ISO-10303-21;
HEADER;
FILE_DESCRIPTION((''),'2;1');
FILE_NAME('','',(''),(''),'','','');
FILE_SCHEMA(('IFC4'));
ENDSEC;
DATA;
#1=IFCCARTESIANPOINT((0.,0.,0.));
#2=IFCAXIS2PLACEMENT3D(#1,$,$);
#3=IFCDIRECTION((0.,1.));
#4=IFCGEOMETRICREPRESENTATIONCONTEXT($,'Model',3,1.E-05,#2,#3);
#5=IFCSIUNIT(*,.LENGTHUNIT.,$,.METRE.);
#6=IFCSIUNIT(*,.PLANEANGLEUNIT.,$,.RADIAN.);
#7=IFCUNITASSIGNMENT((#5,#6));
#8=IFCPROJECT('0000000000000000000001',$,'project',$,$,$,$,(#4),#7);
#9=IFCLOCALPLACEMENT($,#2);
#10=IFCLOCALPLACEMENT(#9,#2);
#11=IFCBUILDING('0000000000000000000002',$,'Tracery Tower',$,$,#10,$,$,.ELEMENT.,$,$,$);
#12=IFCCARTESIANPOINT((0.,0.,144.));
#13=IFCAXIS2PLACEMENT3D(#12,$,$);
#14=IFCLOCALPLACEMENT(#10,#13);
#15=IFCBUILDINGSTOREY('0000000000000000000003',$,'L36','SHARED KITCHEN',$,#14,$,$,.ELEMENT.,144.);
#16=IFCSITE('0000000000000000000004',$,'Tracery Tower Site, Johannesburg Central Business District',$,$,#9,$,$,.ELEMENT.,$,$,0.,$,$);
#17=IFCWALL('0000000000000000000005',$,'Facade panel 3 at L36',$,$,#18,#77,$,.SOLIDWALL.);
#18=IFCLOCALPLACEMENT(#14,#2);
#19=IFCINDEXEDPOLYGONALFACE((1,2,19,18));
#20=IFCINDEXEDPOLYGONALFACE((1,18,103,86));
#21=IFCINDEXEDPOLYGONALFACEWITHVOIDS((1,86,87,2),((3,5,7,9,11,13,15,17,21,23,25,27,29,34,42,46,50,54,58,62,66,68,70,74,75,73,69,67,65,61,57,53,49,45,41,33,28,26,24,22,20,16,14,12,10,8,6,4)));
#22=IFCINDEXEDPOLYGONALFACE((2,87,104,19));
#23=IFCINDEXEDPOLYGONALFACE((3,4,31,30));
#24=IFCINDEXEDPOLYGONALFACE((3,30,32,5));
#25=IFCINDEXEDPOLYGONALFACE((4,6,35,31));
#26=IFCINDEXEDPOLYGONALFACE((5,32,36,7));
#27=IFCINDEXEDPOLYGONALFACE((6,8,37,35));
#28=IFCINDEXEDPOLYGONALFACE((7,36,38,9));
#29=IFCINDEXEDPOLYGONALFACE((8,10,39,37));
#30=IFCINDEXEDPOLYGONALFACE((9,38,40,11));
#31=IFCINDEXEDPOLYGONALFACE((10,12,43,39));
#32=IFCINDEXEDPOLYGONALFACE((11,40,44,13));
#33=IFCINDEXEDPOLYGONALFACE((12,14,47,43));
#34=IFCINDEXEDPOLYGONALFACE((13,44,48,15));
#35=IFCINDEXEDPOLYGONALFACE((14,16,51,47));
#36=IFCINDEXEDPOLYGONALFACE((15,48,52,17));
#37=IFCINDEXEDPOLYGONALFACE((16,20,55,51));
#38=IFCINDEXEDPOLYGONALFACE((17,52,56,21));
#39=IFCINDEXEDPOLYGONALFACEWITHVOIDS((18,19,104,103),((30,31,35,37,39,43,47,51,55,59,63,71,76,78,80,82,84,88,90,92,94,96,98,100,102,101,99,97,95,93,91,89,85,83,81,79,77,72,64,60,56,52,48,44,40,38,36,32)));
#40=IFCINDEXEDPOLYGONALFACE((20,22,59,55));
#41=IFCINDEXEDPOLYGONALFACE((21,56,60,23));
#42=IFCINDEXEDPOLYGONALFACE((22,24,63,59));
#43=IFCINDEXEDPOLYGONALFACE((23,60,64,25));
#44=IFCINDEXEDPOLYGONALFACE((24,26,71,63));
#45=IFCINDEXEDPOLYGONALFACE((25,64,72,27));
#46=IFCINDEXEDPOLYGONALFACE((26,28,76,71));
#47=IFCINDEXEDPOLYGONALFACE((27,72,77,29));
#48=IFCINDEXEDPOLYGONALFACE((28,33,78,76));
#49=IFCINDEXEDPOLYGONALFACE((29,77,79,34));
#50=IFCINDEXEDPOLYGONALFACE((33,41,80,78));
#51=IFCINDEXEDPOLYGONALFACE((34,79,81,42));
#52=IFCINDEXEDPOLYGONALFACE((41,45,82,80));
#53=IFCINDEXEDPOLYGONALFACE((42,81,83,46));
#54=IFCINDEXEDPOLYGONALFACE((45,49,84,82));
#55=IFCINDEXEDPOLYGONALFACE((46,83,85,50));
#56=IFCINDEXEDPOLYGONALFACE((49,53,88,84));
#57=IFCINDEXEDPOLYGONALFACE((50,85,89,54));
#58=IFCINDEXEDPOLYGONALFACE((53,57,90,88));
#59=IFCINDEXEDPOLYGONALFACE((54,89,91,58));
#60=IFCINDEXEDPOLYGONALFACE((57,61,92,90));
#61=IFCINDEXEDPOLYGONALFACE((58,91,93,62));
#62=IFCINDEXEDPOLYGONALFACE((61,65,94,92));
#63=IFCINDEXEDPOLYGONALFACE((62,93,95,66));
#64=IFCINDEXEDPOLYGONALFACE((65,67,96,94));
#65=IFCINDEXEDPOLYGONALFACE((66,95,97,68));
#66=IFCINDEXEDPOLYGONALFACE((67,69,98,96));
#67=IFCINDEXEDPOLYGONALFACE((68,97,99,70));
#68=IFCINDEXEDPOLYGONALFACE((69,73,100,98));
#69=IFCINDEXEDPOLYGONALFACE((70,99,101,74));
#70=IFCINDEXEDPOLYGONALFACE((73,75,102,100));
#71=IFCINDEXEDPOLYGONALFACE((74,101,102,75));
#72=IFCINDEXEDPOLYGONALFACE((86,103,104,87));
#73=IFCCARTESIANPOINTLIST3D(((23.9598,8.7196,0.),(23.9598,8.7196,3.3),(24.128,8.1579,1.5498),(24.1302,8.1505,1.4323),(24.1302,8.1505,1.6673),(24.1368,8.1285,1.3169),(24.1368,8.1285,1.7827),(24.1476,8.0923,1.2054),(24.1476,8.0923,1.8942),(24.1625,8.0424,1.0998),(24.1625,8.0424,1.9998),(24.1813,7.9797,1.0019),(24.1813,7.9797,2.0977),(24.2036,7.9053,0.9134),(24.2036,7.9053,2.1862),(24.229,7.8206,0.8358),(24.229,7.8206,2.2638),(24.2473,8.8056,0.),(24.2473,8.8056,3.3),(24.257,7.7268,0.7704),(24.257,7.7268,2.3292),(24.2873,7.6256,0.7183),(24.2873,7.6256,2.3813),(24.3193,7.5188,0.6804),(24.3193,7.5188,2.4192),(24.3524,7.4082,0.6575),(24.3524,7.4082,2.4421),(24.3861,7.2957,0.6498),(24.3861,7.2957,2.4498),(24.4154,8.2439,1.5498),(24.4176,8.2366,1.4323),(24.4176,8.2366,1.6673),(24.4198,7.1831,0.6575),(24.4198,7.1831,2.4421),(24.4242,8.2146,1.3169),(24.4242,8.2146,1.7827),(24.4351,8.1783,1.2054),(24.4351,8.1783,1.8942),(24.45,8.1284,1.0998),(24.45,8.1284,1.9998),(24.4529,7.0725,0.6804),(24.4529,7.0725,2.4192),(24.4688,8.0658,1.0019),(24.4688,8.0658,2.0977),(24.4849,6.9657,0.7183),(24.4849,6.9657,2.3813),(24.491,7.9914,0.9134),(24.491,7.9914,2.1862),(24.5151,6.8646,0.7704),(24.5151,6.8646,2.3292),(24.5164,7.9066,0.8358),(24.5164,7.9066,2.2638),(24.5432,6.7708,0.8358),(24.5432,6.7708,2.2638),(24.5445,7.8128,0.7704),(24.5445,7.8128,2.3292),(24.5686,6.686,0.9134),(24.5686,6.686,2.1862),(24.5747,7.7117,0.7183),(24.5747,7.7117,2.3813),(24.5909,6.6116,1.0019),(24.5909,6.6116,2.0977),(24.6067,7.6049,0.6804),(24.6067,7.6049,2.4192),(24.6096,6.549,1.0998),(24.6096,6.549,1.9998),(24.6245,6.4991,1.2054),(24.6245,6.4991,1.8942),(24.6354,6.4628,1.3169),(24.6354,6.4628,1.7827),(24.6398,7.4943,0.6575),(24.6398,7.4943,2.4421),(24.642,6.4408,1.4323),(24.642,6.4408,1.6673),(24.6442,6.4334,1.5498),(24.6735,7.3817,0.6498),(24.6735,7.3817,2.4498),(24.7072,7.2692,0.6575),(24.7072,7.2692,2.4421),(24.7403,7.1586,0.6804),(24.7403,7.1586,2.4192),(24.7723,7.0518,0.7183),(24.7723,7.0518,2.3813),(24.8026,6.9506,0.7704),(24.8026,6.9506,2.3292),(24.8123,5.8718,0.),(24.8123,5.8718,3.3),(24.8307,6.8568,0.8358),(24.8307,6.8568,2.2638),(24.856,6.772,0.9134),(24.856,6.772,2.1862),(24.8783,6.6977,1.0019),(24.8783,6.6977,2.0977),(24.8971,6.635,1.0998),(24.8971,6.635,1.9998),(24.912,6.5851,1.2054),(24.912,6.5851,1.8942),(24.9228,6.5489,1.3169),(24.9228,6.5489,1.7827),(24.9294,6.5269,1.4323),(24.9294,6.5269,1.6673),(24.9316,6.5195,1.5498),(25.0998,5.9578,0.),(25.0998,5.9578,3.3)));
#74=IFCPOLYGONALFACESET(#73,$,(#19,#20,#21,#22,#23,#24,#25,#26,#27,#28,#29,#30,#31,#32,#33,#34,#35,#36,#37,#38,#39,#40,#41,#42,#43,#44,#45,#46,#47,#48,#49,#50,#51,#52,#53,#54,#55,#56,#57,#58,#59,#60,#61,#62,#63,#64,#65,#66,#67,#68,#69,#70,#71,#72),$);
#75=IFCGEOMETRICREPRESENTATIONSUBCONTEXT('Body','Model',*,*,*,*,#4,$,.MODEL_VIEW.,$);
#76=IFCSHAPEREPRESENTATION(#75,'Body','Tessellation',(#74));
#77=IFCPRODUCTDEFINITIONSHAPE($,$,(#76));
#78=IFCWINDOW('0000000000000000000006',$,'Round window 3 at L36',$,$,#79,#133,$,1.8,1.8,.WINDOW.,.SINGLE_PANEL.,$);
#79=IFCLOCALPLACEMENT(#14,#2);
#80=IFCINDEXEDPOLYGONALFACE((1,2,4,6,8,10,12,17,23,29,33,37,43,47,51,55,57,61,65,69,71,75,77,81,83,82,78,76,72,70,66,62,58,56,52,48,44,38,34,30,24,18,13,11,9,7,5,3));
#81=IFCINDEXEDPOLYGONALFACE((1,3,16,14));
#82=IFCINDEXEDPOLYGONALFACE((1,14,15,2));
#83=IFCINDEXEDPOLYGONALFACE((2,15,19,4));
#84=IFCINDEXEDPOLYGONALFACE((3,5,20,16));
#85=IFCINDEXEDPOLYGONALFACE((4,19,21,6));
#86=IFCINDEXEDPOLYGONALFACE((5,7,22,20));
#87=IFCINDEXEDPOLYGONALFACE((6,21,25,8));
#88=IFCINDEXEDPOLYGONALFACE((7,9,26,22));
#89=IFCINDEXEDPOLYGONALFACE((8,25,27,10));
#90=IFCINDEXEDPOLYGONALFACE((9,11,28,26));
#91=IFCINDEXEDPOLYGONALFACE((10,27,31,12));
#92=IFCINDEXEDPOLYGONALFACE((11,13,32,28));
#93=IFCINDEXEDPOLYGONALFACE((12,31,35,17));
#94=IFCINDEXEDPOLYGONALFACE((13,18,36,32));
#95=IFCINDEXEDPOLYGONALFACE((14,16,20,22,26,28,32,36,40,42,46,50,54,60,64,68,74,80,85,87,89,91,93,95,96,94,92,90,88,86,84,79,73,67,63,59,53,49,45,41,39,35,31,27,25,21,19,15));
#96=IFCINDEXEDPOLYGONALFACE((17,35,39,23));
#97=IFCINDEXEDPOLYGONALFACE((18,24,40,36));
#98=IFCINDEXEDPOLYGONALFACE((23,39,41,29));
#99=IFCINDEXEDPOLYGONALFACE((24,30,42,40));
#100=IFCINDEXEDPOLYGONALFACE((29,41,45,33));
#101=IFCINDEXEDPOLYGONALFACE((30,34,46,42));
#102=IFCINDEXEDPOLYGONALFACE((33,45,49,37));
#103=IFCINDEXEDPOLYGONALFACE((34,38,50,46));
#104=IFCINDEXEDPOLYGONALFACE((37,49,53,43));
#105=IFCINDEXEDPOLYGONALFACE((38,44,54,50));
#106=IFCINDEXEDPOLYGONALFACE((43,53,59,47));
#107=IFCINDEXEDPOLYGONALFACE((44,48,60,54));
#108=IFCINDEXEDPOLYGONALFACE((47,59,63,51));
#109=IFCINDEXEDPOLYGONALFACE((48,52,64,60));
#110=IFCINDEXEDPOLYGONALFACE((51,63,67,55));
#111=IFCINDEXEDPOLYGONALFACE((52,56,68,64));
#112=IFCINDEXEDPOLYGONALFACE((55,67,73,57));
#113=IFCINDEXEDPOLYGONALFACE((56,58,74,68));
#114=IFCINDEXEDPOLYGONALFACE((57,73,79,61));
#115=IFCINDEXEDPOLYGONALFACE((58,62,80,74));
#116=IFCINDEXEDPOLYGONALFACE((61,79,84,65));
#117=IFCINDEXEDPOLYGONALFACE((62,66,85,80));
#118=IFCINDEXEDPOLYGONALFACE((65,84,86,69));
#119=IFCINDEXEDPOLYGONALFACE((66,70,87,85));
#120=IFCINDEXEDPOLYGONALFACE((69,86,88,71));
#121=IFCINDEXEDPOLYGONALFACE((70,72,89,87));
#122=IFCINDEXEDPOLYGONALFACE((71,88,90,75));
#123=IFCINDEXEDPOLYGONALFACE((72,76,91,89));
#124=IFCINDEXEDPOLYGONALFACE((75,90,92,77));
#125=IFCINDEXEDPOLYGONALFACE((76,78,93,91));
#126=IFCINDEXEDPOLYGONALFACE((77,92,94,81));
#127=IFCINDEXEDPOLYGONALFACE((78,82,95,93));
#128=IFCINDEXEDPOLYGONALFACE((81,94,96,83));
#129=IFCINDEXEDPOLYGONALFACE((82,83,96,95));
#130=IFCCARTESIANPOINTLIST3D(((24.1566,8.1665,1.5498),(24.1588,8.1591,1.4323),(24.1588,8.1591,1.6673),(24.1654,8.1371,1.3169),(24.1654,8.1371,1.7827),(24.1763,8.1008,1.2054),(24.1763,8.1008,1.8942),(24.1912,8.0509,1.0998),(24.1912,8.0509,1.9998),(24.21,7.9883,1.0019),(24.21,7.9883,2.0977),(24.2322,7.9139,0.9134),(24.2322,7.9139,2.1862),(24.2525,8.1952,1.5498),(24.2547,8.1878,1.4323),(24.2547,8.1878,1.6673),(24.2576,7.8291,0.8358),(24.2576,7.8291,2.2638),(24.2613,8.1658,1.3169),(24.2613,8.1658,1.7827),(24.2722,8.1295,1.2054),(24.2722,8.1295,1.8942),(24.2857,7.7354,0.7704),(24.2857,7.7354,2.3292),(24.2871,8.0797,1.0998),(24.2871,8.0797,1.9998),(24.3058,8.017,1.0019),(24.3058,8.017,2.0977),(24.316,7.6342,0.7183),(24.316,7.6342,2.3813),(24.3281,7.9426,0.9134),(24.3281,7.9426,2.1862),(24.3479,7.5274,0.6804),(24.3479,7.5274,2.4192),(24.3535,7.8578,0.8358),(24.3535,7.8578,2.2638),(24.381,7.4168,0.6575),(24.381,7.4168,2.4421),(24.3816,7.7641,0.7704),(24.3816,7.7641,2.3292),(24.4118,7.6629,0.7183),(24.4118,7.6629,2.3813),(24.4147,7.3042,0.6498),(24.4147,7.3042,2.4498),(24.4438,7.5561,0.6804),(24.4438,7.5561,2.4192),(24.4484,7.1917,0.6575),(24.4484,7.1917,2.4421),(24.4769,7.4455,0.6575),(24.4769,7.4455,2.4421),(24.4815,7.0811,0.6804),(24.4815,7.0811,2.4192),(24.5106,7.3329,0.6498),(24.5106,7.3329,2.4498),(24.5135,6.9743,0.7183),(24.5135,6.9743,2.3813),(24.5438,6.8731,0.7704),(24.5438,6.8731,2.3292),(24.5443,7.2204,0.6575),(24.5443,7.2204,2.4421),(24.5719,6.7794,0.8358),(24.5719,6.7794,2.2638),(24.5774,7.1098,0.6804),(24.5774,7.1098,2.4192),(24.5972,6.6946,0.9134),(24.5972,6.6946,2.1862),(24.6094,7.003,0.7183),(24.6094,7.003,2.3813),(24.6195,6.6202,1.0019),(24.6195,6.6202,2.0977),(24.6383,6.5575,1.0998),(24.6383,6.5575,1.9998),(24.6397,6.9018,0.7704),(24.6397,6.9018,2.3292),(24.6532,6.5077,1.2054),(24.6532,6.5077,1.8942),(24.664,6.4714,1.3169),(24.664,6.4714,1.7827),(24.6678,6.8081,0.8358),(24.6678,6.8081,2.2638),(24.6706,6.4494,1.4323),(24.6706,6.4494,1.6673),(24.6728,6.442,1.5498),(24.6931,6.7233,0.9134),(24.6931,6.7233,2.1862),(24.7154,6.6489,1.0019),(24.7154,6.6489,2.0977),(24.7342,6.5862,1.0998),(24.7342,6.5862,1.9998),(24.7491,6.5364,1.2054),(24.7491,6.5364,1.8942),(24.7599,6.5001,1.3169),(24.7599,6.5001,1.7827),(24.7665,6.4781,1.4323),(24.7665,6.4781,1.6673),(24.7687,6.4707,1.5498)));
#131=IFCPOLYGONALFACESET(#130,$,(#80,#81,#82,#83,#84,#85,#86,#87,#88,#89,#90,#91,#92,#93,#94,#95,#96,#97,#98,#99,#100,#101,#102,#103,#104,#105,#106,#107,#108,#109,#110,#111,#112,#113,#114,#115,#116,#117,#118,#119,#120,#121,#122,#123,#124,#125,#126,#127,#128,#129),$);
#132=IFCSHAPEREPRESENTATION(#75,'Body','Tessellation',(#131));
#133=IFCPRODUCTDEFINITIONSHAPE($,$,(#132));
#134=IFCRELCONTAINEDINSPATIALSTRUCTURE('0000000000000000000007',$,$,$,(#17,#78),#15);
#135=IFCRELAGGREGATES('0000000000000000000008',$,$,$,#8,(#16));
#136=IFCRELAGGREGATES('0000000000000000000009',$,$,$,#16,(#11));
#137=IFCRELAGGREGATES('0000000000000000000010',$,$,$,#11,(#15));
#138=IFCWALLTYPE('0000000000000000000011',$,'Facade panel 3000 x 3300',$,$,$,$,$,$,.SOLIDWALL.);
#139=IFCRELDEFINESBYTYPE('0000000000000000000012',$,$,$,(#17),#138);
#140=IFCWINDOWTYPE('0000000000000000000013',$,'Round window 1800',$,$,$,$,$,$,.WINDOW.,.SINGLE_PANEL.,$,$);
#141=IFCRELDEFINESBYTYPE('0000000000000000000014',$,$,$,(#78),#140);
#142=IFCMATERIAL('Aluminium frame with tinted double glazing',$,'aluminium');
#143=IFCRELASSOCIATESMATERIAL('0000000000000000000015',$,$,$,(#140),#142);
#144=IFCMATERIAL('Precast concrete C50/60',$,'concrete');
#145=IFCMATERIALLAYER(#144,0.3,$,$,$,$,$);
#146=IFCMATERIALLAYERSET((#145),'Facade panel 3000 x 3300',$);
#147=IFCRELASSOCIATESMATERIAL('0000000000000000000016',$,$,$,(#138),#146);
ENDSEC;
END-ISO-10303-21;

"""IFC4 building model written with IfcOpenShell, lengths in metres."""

from ifc_helpers import new_model, si_unit, direction, frame, frame_2d, origin, origin_2d, place, context, subcontext, project, spatial, rectangle, circle, extrude, material, layer, layer_set, type_object, element, fill, save


model = new_model("IFC4")

# Units and contexts
model_context = context("Model", 3, precision=1e-05, world=origin(), true_north=direction((0.0, 1.0)))
body_context = subcontext(model_context, "Body", "Model", "MODEL_VIEW")
ifc_project = project(units=[si_unit("LENGTHUNIT", "METRE"), si_unit("PLANEANGLEUNIT", "RADIAN")], contexts=[model_context])

# Site, building, storey
site_placement = place(None, origin())
site = spatial("IfcSite", under=ifc_project, at=site_placement, Name="Tracery Tower Site, Johannesburg Central Business District", CompositionType="ELEMENT", RefElevation=0.0)
building_placement = place(site_placement, origin())
building = spatial("IfcBuilding", under=site, at=building_placement, Name="Tracery Tower", CompositionType="ELEMENT")
storey_placement = place(building_placement, frame((0.0, 0.0, 144.0)))
storey = spatial("IfcBuildingStorey", under=building, at=storey_placement, Name="L36", Description="SHARED KITCHEN", CompositionType="ELEMENT", Elevation=144.0)

# Wall, opening, window
ifc_material_1 = material(Name="Aluminium frame with tinted double glazing", Category="aluminium")
window_type = type_object("IfcWindowType", Name="Round window 1800", PartitioningType="SINGLE_PANEL", PredefinedType="WINDOW", material=ifc_material_1)
ifc_material_2 = material(Name="Precast concrete C50/60", Category="concrete")
ifc_layer_1 = layer(ifc_material_2, 0.3)
ifc_layer_set_1 = layer_set([ifc_layer_1], Name="Facade panel 3000 x 3300")
wall_type_1 = type_object("IfcWallType", Name="Facade panel 3000 x 3300", PredefinedType="SOLIDWALL", material=ifc_layer_set_1)
wall_1_placement = place(storey_placement, frame((24.9561, 5.9148, 0.0), z_axis=(0.0, 0.0, 1.0), x_axis=(-0.286783, 0.957996, 0.0)))
wall_1 = element("IfcWall", 1, at=wall_1_placement, inside=storey, type_object=wall_type_1, Name="Facade panel 3 at L36", PredefinedType="SOLIDWALL", context=body_context, shape_type="SweptSolid", body=[
    extrude(rectangle(XDim=2.9727, YDim=0.3, at=frame_2d((1.4863, 0.0))), origin(), (0.0, 0.0, 1.0), 3.3),
])
opening_1_placement = place(wall_1_placement, frame((1.4863, 0.0, 1.5498)))
opening_1 = element("IfcOpeningElement", 2, at=opening_1_placement, cuts=wall_1, PredefinedType="OPENING", context=body_context, shape_type="SweptSolid", body=[
    extrude(circle(Radius=0.9, at=origin_2d()), frame((0.0, 0.1599, 0.0), z_axis=(0.0, -1.0, 0.0), x_axis=(1.0, 0.0, 0.0)), (0.0, 0.0, 1.0), 0.3201),
])
window_1_placement = place(opening_1_placement, origin())
window_1 = element("IfcWindow", 3, at=window_1_placement, inside=storey, type_object=window_type, Name="Round window 3 at L36", OverallHeight=1.8, OverallWidth=1.8, PartitioningType="SINGLE_PANEL", PredefinedType="WINDOW", context=body_context, shape_type="SweptSolid", body=[
    extrude(circle(Radius=0.9, at=origin_2d()), frame((0.0, 0.1201, 0.0), z_axis=(0.0, -1.0, 0.0), x_axis=(1.0, 0.0, 0.0)), (0.0, 0.0, 1.0), 0.1001),
])
fill(opening_1, window_1)

save(model, "model.ifc")
